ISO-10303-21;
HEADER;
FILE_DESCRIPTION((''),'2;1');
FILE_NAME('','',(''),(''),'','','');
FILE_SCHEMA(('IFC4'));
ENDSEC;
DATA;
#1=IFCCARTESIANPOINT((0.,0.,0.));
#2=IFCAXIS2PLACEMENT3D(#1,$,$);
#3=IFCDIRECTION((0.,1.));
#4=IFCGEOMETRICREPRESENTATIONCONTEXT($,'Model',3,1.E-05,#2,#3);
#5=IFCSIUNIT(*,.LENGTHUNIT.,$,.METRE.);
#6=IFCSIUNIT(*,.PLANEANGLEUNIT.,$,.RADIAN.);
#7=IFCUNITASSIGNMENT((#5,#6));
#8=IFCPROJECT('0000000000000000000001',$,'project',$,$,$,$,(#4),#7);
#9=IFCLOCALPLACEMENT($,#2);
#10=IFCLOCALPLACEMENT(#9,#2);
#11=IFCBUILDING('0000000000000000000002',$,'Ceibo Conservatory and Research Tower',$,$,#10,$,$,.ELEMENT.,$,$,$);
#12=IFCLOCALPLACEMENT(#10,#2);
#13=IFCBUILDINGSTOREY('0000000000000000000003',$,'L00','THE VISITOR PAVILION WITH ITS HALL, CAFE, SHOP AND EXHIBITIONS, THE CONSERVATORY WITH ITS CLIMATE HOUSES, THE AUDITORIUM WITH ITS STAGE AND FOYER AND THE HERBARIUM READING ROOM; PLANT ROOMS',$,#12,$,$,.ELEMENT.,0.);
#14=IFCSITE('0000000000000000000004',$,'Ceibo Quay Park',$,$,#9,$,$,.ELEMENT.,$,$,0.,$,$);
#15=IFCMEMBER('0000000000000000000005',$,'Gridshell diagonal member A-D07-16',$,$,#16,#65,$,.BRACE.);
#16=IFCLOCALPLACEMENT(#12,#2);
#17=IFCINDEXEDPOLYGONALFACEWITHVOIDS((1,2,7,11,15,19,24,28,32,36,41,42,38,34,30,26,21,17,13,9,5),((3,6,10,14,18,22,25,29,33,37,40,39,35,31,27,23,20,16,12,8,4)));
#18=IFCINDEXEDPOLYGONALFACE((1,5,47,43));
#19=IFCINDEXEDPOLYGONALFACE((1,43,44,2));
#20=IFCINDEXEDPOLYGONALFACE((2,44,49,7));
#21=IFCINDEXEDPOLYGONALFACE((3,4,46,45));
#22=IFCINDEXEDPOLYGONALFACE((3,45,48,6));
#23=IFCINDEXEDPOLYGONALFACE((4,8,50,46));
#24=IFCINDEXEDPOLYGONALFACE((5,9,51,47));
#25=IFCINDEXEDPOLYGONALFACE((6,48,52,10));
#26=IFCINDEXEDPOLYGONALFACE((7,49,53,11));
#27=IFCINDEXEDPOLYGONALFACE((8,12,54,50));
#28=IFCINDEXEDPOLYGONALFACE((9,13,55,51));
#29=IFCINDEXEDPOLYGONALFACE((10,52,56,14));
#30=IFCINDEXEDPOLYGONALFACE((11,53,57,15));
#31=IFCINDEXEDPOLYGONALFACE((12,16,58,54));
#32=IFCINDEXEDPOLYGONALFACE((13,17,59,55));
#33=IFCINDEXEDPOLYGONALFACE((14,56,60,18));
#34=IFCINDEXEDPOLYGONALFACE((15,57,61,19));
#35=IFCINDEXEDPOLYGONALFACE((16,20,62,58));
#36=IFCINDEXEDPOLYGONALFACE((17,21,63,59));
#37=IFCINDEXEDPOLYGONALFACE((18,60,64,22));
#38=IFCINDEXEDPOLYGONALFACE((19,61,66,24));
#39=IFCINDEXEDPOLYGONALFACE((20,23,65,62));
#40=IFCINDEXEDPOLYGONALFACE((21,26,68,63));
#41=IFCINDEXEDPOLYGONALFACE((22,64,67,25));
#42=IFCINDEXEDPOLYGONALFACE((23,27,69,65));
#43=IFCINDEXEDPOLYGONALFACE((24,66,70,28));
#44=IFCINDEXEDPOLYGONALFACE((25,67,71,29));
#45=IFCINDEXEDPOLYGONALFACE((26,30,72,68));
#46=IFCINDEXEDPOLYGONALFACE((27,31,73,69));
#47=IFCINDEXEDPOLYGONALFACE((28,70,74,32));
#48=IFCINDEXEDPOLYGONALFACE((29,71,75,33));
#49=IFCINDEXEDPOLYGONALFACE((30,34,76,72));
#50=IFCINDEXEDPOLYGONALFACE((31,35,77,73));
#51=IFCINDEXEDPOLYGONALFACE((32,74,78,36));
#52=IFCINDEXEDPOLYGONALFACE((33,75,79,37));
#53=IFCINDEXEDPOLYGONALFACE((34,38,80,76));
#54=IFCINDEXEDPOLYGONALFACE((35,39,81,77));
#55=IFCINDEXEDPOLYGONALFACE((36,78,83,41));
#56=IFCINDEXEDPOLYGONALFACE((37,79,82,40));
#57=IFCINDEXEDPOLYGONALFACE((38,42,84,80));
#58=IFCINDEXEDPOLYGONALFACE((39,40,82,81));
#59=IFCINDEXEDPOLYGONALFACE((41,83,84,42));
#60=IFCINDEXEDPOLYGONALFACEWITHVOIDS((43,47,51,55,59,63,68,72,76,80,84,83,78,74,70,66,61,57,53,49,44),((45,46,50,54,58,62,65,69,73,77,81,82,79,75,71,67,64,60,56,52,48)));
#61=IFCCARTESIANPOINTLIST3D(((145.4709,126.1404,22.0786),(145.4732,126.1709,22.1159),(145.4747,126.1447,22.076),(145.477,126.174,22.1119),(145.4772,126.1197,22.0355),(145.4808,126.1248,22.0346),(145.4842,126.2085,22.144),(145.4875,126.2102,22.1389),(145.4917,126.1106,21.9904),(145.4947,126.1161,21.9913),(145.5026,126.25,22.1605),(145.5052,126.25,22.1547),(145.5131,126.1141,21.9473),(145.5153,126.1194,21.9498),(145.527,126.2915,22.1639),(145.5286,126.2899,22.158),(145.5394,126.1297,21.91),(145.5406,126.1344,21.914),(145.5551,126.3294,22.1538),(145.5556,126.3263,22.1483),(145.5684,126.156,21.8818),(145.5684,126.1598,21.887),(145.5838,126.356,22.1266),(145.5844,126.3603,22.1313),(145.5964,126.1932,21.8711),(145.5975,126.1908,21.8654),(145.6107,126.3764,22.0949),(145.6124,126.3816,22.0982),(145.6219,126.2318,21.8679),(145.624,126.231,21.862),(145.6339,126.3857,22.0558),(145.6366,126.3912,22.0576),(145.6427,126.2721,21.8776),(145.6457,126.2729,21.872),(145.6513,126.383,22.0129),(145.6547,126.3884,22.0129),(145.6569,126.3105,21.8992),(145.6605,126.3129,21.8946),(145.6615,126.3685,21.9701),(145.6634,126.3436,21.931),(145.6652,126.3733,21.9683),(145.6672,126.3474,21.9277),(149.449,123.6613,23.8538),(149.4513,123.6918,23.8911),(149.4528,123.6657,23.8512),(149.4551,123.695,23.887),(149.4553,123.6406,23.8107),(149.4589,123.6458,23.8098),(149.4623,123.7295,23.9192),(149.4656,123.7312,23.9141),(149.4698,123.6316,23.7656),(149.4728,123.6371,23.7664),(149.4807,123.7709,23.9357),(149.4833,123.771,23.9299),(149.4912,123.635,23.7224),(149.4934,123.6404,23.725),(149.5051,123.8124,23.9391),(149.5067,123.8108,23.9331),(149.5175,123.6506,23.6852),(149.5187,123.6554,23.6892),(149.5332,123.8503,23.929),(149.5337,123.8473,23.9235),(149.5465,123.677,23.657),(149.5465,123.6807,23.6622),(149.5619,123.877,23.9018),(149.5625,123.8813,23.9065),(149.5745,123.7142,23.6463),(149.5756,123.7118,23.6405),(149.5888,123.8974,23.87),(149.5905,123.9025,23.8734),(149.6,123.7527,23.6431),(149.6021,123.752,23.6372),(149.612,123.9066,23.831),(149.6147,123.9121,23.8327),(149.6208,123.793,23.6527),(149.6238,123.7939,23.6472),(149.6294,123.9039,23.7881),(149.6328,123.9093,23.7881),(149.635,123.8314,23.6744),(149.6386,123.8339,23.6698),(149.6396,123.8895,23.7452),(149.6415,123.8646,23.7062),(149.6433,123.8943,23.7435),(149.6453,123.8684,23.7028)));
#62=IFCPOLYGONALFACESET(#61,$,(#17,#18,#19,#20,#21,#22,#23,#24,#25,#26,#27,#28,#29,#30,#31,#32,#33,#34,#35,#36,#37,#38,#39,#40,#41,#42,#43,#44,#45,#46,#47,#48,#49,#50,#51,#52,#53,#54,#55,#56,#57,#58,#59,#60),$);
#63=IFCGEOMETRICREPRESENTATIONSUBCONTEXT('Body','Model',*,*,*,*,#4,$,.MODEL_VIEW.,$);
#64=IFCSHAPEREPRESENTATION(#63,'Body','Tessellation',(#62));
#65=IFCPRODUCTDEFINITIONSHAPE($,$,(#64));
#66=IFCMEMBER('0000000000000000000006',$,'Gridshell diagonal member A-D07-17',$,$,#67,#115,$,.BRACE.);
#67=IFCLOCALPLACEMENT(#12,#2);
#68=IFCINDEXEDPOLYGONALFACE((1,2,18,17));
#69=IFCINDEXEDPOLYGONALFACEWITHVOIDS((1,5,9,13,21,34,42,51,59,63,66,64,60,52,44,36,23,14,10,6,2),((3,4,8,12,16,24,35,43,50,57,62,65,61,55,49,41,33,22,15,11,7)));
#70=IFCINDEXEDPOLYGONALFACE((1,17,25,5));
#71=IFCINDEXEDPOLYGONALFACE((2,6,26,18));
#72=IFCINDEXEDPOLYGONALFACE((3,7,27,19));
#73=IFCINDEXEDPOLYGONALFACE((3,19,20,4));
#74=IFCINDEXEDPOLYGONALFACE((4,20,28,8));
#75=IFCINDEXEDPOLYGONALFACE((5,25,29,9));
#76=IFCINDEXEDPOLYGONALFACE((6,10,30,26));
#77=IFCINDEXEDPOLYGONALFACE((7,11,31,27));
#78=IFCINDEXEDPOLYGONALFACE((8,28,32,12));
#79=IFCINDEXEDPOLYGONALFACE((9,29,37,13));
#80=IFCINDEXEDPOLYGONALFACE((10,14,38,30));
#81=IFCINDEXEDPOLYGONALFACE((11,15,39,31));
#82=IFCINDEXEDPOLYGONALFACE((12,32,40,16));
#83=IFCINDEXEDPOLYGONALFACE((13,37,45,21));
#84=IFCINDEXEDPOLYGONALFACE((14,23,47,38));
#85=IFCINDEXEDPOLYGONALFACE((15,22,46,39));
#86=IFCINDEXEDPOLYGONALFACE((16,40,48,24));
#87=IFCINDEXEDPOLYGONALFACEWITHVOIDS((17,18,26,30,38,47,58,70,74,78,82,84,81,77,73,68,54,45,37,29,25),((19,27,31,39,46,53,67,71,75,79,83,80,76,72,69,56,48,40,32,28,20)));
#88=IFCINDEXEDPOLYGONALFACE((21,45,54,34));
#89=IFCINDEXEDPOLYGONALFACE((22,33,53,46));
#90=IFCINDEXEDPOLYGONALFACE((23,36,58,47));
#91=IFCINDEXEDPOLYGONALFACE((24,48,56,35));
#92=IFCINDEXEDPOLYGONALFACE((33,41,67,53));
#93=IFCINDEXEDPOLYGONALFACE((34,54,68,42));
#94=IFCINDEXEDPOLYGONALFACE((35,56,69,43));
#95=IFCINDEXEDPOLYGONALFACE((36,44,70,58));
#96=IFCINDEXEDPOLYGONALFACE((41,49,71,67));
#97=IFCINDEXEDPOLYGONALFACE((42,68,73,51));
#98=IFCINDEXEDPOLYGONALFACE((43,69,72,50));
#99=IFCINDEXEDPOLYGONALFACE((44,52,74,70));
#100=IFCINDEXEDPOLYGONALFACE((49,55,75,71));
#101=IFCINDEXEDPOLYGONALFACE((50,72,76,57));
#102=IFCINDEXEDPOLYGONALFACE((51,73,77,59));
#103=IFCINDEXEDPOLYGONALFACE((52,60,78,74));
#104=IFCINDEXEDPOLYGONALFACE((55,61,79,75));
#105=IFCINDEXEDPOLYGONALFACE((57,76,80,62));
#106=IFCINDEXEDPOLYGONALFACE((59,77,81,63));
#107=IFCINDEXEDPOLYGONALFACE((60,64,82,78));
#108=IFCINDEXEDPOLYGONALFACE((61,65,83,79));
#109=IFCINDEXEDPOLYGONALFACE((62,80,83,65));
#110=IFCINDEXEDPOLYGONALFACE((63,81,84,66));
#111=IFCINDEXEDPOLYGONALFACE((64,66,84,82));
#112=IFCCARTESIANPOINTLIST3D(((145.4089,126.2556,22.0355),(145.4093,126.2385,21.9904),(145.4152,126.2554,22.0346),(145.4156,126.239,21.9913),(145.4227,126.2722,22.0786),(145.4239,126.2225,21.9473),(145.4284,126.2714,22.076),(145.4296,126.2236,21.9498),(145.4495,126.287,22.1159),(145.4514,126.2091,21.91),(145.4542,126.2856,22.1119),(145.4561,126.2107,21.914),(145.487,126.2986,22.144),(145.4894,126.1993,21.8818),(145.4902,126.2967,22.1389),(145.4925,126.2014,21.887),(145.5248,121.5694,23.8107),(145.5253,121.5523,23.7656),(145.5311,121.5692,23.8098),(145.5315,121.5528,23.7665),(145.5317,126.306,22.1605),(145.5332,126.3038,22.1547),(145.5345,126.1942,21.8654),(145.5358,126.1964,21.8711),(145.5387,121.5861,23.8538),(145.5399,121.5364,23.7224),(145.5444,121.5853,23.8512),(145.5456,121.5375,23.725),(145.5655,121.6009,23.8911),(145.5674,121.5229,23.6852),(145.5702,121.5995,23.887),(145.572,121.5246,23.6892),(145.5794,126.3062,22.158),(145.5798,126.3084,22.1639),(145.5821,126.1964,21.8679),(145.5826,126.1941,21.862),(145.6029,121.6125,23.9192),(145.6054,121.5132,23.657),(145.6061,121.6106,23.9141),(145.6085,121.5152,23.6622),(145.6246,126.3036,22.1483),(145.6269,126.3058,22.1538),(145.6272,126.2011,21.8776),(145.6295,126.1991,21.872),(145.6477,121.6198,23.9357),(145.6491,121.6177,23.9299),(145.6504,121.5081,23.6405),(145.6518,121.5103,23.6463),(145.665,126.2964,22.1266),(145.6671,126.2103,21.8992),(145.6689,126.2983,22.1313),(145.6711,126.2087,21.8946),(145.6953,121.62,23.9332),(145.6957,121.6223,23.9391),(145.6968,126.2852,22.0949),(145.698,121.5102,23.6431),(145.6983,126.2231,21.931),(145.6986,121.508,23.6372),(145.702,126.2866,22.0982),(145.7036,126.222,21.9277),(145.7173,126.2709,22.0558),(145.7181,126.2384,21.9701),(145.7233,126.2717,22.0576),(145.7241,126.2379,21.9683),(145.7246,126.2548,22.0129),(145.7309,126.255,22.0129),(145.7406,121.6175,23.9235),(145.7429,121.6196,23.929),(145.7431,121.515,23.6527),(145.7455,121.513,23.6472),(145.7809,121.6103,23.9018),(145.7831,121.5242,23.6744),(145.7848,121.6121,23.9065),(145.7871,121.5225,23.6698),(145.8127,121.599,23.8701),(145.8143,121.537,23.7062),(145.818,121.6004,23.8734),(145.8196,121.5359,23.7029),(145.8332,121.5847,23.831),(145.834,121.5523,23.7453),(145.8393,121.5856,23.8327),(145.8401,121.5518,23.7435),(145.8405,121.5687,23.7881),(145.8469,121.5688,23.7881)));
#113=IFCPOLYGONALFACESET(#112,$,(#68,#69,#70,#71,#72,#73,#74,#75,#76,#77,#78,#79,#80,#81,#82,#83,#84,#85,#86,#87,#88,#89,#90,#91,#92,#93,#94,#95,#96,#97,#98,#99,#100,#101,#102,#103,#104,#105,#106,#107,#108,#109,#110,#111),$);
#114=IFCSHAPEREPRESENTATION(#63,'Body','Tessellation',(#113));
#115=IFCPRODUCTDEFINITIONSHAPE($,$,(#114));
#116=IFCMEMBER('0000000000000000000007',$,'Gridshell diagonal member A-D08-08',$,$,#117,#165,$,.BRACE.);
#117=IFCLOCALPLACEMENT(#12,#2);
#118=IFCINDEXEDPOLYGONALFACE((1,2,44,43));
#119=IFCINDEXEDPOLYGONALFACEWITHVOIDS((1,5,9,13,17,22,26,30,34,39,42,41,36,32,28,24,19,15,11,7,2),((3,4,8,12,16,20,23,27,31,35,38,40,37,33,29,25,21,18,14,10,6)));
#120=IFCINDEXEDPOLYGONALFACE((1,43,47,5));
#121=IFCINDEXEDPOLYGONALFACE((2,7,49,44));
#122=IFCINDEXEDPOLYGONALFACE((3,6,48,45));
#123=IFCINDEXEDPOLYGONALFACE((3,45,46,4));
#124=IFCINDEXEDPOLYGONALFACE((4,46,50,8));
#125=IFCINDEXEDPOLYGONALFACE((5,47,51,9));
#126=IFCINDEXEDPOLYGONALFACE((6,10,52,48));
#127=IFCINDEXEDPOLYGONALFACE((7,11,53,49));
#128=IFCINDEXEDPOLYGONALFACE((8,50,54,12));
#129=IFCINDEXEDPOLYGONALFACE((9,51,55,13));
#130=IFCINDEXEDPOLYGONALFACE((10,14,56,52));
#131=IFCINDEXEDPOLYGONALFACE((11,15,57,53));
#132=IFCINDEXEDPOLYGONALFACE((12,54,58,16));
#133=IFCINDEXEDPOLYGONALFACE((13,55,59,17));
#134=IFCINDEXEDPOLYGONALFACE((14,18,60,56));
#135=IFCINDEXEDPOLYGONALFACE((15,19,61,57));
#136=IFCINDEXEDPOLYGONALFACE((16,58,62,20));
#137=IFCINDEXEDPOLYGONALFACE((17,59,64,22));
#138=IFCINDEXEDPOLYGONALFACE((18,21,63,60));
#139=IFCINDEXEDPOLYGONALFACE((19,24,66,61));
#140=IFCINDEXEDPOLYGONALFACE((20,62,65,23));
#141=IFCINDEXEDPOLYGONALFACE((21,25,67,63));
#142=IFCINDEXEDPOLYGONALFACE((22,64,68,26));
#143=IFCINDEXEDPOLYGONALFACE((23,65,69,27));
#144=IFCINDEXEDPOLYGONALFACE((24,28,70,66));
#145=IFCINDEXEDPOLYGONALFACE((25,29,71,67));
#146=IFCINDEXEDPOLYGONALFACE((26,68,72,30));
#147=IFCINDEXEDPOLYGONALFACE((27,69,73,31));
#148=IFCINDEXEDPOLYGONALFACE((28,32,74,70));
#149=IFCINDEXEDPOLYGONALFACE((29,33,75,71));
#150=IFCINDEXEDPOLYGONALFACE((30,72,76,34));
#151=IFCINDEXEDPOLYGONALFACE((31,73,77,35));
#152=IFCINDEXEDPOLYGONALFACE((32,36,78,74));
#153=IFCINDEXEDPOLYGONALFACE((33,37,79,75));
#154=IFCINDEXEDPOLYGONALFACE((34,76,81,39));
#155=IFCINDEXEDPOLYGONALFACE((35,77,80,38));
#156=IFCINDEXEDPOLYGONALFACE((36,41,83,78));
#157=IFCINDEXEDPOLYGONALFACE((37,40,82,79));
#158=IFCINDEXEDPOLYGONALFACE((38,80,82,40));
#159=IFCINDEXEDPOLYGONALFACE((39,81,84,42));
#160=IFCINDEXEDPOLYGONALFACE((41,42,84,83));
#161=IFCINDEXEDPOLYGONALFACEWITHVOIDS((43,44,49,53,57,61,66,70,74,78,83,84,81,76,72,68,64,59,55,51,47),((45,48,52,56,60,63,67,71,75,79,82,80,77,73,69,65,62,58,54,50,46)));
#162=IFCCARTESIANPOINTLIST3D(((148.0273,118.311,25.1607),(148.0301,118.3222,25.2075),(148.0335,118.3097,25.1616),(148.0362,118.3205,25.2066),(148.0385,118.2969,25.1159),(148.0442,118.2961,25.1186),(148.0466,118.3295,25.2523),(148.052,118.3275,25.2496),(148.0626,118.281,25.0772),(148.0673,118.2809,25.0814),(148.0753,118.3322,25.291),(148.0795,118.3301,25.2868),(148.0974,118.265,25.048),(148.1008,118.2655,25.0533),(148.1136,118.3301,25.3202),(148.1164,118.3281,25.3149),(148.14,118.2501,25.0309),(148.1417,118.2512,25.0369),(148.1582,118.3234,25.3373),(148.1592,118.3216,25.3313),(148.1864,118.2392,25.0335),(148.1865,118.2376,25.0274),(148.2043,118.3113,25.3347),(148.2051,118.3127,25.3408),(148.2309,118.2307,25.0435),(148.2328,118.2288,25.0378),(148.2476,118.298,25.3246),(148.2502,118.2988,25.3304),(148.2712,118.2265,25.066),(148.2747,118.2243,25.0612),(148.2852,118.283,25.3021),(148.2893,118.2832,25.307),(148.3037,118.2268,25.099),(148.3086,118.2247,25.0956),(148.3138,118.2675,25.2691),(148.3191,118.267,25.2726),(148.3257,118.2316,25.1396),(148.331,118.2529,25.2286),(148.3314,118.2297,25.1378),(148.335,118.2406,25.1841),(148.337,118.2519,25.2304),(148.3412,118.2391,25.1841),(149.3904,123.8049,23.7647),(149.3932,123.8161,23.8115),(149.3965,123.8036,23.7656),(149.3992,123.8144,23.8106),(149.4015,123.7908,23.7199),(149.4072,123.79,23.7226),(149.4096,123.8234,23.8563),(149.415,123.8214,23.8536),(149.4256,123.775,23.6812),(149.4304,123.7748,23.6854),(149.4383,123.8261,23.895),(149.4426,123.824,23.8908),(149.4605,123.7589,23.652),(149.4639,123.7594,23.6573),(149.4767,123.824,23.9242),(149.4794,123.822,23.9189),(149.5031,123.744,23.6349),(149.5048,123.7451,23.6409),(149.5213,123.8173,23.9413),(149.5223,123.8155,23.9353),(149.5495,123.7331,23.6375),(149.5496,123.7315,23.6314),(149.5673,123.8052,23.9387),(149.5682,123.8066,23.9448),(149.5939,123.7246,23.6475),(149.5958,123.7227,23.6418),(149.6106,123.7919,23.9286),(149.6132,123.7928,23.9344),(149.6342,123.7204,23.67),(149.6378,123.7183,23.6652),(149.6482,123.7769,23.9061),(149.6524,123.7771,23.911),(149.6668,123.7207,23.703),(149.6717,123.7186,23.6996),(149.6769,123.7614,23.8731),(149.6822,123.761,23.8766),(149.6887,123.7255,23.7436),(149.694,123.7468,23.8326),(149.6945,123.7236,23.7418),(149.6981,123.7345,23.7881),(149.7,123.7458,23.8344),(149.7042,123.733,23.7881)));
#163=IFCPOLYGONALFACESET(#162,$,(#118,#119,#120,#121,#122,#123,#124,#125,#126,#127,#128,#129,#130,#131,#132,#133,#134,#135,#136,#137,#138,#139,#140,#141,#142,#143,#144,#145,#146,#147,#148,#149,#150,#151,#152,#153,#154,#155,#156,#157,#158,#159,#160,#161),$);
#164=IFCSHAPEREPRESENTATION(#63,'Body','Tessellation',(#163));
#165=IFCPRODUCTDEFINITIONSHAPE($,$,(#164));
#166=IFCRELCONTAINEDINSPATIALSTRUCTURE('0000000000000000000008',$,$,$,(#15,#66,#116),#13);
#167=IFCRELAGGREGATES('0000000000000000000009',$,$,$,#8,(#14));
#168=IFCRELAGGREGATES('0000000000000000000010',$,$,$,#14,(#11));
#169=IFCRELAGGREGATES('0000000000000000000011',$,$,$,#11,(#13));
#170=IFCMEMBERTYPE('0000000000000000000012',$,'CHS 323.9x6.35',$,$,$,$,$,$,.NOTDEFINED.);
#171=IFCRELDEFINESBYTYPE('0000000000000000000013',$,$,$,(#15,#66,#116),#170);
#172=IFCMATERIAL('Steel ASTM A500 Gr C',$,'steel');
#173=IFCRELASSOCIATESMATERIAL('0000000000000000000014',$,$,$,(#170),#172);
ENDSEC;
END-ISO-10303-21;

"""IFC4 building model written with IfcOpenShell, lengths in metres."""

from ifc_helpers import new_model, si_unit, direction, frame, origin, origin_2d, place, context, subcontext, project, spatial, hollow_circle, extrude, material, material_profile, profile_set, type_object, element, save


model = new_model("IFC4")

# Units and contexts
model_context = context("Model", 3, precision=1e-05, world=origin(), true_north=direction((0.0, 1.0)))
body_context = subcontext(model_context, "Body", "Model", "MODEL_VIEW")
ifc_project = project(units=[si_unit("LENGTHUNIT", "METRE"), si_unit("PLANEANGLEUNIT", "RADIAN")], contexts=[model_context])

# Site, building, storey
site_placement = place(None, origin())
site = spatial("IfcSite", under=ifc_project, at=site_placement, Name="Ceibo Quay Park", CompositionType="ELEMENT", RefElevation=0.0)
building_placement = place(site_placement, origin())
building = spatial("IfcBuilding", under=site, at=building_placement, Name="Ceibo Conservatory and Research Tower", CompositionType="ELEMENT")
storey_placement = place(building_placement, origin())
storey = spatial("IfcBuildingStorey", under=building, at=storey_placement, Name="L00", Description="THE VISITOR PAVILION WITH ITS HALL, CAFE, SHOP AND EXHIBITIONS, THE CONSERVATORY WITH ITS CLIMATE HOUSES, THE AUDITORIUM WITH ITS STAGE AND FOYER AND THE HERBARIUM READING ROOM; PLANT ROOMS", CompositionType="ELEMENT", Elevation=0.0)

# Members
ifc_material_1 = material(Name="Steel ASTM A500 Gr C", Category="steel")
ifc_material_profile_1 = material_profile(ifc_material_1, hollow_circle(Radius=0.1619, WallThickness=0.0063, at=origin_2d()), Name="CHS 323.9x6.35")
ifc_profile_set_1 = profile_set([ifc_material_profile_1], Name="Steel ASTM A500 Gr C")
member_type_1 = type_object("IfcMemberType", Name="CHS 323.9x6.35", PredefinedType="NOTDEFINED", material=ifc_profile_set_1)
member_1_placement = place(storey_placement, frame((145.5691, 126.251, 22.0129), z_axis=(0.793682, -0.494602, 0.354171), x_axis=(0.528884, 0.848694, 0.0)))
element("IfcMember", 1, at=member_1_placement, inside=storey, type_object=member_type_1, Name="Gridshell diagonal member A-D07-16", PredefinedType="BRACE", context=body_context, shape_type="SweptSolid", body=[
    extrude(hollow_circle(Radius=0.1619, WallThickness=0.0063, at=origin_2d()), origin(), (0.0, 0.0, 1.0), 5.0122),
])
member_2_placement = place(storey_placement, frame((145.5691, 126.251, 22.0129), z_axis=(0.023136, -0.9349, 0.354155), x_axis=(0.999694, 0.02474, 0.0)))
element("IfcMember", 2, at=member_2_placement, inside=storey, type_object=member_type_1, Name="Gridshell diagonal member A-D07-17", PredefinedType="BRACE", context=body_context, shape_type="SweptSolid", body=[
    extrude(hollow_circle(Radius=0.1619, WallThickness=0.0063, at=origin_2d()), origin(), (0.0, 0.0, 1.0), 5.0125),
])
member_3_placement = place(storey_placement, frame((149.5471, 123.772, 23.7881), z_axis=(-0.233795, -0.94234, 0.239448), x_axis=(0.970575, -0.2408, 0.0)))
element("IfcMember", 3, at=member_3_placement, inside=storey, type_object=member_type_1, Name="Gridshell diagonal member A-D08-08", PredefinedType="BRACE", context=body_context, shape_type="SweptSolid", body=[
    extrude(hollow_circle(Radius=0.1619, WallThickness=0.0063, at=origin_2d()), origin(), (0.0, 0.0, 1.0), 5.8301),
])

save(model, "model.ifc")
